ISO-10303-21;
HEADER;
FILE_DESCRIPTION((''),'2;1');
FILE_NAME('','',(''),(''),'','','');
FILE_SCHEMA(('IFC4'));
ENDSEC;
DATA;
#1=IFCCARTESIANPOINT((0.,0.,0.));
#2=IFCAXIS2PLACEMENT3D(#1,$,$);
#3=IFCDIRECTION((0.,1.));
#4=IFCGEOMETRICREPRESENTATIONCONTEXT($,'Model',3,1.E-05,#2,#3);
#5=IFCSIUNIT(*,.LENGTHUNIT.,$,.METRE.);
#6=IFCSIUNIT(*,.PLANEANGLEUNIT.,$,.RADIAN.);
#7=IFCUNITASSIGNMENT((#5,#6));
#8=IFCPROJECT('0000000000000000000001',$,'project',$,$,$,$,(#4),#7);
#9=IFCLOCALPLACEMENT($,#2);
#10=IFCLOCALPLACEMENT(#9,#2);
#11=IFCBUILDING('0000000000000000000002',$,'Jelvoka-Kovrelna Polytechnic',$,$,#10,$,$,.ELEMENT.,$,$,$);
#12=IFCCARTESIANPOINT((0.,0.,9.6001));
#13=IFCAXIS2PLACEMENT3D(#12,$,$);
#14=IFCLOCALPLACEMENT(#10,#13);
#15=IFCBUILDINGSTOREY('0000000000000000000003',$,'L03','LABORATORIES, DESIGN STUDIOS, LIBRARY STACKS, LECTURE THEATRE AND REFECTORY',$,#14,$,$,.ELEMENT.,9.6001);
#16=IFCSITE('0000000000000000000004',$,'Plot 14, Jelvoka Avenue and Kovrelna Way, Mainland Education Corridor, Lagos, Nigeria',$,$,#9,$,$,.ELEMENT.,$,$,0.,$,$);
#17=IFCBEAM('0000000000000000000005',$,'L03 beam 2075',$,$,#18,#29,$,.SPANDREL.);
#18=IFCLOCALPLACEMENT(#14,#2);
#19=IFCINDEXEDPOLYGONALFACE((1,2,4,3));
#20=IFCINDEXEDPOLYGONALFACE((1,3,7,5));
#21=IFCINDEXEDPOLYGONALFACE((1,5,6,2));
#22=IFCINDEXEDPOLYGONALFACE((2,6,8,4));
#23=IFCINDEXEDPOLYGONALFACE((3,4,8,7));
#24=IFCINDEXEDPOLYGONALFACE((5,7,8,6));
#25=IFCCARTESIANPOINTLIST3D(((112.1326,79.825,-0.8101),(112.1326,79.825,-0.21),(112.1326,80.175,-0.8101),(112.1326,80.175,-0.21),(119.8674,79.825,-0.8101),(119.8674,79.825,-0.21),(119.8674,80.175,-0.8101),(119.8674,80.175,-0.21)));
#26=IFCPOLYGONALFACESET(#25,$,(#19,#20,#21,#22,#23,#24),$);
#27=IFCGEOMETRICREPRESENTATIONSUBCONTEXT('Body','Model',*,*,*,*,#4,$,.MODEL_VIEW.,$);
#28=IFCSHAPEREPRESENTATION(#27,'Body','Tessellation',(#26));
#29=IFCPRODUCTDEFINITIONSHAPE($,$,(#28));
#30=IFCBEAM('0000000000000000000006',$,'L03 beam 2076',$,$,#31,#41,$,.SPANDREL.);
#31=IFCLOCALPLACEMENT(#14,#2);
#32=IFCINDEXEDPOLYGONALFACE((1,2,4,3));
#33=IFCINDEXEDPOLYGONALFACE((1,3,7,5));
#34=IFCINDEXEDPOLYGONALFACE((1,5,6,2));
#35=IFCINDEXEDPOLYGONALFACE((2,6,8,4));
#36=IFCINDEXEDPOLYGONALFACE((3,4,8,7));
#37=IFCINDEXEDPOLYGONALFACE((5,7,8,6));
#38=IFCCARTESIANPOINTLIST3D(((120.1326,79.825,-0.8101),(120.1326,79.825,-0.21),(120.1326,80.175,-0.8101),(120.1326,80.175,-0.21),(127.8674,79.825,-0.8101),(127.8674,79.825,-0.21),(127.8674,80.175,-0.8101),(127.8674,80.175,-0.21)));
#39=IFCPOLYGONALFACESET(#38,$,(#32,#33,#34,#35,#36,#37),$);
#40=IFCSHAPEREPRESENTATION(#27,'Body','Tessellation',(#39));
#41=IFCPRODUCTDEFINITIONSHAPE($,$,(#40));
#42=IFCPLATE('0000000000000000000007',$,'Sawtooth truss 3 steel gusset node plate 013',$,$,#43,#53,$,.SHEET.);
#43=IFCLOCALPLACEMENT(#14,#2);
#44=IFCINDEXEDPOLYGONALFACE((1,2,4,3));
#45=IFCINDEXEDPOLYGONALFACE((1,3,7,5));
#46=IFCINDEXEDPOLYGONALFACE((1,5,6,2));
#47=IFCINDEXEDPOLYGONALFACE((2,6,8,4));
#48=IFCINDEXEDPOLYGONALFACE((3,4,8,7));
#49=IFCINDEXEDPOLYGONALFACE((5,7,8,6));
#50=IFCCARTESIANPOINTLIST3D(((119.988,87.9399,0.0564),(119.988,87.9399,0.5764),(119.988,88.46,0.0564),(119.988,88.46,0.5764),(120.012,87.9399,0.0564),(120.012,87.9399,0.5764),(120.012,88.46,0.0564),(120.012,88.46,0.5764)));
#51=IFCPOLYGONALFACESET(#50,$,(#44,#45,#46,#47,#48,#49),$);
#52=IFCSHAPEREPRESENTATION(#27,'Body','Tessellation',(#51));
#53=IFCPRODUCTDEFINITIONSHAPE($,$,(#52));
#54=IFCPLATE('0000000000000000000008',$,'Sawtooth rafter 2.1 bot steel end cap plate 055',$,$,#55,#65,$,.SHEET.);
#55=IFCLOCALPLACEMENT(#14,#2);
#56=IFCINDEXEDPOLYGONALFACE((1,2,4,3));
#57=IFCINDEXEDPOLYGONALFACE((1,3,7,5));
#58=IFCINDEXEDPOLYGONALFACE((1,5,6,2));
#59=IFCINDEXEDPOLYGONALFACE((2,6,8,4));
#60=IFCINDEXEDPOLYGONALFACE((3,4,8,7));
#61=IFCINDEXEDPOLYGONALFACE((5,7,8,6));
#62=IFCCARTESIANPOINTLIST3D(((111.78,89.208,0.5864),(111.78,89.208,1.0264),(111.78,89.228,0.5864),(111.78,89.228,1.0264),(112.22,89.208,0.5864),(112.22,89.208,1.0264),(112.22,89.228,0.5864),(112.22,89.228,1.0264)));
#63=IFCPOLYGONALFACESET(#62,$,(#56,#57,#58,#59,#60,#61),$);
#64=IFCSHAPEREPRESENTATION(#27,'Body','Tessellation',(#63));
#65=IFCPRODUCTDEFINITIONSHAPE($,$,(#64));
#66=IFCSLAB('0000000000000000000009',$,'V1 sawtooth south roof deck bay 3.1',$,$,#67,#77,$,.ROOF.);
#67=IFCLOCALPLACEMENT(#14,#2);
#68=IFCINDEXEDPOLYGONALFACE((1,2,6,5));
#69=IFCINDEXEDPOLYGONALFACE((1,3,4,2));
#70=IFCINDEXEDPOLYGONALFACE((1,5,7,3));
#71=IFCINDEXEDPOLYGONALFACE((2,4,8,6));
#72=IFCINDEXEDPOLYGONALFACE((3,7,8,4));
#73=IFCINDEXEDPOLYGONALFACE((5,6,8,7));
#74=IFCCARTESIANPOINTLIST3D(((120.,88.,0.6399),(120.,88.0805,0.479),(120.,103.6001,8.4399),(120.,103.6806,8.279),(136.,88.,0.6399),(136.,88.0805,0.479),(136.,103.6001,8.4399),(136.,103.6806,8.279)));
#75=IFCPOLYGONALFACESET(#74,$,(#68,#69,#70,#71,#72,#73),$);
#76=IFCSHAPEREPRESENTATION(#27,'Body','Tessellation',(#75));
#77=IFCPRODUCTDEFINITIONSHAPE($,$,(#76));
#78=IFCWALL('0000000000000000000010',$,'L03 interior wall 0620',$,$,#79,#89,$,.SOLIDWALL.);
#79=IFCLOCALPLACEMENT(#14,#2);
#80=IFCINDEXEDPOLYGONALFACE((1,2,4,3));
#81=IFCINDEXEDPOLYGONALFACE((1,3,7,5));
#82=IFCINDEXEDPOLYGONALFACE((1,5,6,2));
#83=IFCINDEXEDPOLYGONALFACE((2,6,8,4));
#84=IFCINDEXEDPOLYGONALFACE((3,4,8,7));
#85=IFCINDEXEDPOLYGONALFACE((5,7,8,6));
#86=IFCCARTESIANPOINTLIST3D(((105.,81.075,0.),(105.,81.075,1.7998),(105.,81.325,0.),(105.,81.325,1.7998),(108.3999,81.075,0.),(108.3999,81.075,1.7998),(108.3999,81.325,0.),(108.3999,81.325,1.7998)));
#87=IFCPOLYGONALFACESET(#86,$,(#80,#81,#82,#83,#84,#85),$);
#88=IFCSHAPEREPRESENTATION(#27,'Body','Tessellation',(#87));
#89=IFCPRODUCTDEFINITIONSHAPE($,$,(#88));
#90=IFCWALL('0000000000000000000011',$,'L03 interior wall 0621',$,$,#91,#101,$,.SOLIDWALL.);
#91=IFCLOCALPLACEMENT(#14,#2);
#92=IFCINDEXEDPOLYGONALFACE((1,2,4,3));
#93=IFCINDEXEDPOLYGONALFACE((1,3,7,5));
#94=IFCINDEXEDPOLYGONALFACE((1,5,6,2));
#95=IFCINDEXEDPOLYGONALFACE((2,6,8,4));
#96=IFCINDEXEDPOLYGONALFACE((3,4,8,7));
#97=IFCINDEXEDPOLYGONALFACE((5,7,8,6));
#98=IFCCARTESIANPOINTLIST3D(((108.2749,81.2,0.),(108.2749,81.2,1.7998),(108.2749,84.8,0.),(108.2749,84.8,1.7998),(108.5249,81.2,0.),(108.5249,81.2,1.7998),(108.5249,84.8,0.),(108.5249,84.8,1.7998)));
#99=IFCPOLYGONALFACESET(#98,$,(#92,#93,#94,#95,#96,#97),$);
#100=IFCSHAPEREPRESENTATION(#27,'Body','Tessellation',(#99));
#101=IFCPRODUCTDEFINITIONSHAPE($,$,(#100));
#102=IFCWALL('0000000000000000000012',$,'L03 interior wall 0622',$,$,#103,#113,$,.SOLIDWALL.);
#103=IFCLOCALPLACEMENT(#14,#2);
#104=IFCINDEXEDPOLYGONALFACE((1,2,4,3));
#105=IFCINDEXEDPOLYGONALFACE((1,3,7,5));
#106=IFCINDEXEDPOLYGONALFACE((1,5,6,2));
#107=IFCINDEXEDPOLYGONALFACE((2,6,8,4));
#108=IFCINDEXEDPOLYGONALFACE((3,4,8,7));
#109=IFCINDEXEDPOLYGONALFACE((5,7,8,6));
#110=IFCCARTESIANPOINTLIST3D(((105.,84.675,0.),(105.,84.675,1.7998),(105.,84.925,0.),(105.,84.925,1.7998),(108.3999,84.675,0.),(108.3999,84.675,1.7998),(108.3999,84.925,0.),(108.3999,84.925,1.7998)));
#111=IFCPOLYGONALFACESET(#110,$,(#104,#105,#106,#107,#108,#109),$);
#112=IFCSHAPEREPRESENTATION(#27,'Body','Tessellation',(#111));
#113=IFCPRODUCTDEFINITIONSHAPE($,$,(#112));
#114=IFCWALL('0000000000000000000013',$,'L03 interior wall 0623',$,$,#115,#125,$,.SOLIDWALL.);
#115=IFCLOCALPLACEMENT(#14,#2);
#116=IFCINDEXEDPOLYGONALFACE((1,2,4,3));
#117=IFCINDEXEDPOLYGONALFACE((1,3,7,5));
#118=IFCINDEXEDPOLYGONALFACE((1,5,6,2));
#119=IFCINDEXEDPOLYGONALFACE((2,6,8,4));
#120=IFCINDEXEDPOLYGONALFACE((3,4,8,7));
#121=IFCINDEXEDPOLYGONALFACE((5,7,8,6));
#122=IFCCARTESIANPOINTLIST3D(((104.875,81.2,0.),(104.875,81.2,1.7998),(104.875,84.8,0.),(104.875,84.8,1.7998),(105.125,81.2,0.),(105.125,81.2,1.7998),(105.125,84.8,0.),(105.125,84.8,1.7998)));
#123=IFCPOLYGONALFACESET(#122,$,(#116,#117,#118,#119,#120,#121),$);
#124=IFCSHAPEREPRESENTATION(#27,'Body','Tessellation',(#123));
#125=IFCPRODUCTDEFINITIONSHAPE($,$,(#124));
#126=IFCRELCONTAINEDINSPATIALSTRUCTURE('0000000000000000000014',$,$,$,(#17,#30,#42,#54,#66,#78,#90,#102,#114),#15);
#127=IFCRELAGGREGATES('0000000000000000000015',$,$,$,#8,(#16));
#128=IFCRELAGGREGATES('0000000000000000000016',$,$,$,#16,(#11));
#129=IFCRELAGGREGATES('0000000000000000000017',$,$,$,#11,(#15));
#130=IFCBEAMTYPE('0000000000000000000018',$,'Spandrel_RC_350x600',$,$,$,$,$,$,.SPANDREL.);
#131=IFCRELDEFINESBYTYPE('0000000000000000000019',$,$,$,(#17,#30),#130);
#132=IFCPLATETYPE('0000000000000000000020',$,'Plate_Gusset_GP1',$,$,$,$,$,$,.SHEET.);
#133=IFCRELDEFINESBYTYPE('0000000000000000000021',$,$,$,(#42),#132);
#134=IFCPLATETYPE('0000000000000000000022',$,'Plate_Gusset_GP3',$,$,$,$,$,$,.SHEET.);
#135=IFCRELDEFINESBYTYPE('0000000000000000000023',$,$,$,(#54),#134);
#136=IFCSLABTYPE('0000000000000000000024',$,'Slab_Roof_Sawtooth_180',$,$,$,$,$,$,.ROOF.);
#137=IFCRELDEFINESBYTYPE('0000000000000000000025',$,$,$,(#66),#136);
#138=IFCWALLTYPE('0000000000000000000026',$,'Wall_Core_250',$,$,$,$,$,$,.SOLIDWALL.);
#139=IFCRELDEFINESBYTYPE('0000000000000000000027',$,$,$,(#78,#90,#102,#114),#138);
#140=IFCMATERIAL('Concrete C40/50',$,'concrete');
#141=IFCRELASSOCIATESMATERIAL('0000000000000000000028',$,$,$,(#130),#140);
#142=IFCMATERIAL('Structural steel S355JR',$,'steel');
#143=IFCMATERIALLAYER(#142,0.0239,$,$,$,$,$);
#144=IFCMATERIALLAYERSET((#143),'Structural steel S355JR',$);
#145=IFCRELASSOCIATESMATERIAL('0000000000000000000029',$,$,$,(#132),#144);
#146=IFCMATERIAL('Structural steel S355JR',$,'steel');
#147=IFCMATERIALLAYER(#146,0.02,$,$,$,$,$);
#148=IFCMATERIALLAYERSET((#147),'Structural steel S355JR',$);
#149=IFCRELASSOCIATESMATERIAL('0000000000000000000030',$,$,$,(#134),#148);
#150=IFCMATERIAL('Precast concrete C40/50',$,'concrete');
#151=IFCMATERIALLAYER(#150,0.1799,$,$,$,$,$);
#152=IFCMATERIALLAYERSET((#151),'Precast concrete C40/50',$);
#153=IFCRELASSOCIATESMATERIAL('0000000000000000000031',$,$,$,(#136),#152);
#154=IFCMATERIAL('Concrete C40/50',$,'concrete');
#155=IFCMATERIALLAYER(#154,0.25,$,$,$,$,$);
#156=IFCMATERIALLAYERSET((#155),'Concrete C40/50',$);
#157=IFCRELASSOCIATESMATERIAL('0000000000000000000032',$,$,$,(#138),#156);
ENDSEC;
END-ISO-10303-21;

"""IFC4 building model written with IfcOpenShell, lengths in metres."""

from ifc_helpers import new_model, si_unit, direction, frame, frame_2d, origin, origin_2d, place, context, subcontext, project, spatial, polyline, rectangle, outline, extrude, material, layer, layer_set, material_profile, profile_set, type_object, element, save


model = new_model("IFC4")

# Units and contexts
model_context = context("Model", 3, precision=1e-05, world=origin(), true_north=direction((0.0, 1.0)))
body_context = subcontext(model_context, "Body", "Model", "MODEL_VIEW")
ifc_project = project(units=[si_unit("LENGTHUNIT", "METRE"), si_unit("PLANEANGLEUNIT", "RADIAN")], contexts=[model_context])

# Site, building, storey
site_placement = place(None, origin())
site = spatial("IfcSite", under=ifc_project, at=site_placement, Name="Plot 14, Jelvoka Avenue and Kovrelna Way, Mainland Education Corridor, Lagos, Nigeria", CompositionType="ELEMENT", RefElevation=0.0)
building_placement = place(site_placement, origin())
building = spatial("IfcBuilding", under=site, at=building_placement, Name="Jelvoka-Kovrelna Polytechnic", CompositionType="ELEMENT")
storey_placement = place(building_placement, frame((0.0, 0.0, 9.6001)))
storey = spatial("IfcBuildingStorey", under=building, at=storey_placement, Name="L03", Description="LABORATORIES, DESIGN STUDIOS, LIBRARY STACKS, LECTURE THEATRE AND REFECTORY", CompositionType="ELEMENT", Elevation=9.6001)

# Beams
ifc_material_1 = material(Name="Concrete C40/50", Category="concrete")
ifc_material_profile_1 = material_profile(ifc_material_1, rectangle(XDim=0.3501, YDim=0.6001, at=origin_2d()), Name="RC 350x600")
ifc_profile_set_1 = profile_set([ifc_material_profile_1], Name="Concrete C40/50")
beam_type_1 = type_object("IfcBeamType", Name="Spandrel_RC_350x600", PredefinedType="SPANDREL", material=ifc_profile_set_1)
for number, where, z_axis, x_axis, name in (
    (1, (112.1326, 80.0, -0.51), (1.0, 0.0, 0.0), (0.0, 1.0, 0.0), "L03 beam 2075"),
    (2, (120.1326, 80.0, -0.51), (1.0, 0.0, 0.0), (0.0, 1.0, 0.0), "L03 beam 2076"),
):
    element("IfcBeam", number, at=place(storey_placement, frame(where, z_axis=z_axis, x_axis=x_axis)), inside=storey, type_object=beam_type_1, Name=name, PredefinedType="SPANDREL", context=body_context, shape_type="SweptSolid", body=[
        extrude(rectangle(XDim=0.3501, YDim=0.6001, at=origin_2d()), origin(), (0.0, 0.0, 1.0), 7.7349),
    ])

# Plates
ifc_material_2 = material(Name="Structural steel S355JR", Category="steel")
ifc_layer_1 = layer(ifc_material_2, 0.0239)
ifc_layer_set_1 = layer_set([ifc_layer_1], Name="Structural steel S355JR")
plate_type_1 = type_object("IfcPlateType", Name="Plate_Gusset_GP1", PredefinedType="SHEET", material=ifc_layer_set_1)
plate_1_placement = place(storey_placement, frame((120.0, 88.2, 0.0564), z_axis=(0.0, 0.0, 1.0), x_axis=(0.0, 1.0, 0.0)))
element("IfcPlate", 3, at=plate_1_placement, inside=storey, type_object=plate_type_1, Name="Sawtooth truss 3 steel gusset node plate 013", PredefinedType="SHEET", context=body_context, shape_type="SweptSolid", body=[
    extrude(rectangle(XDim=0.52, YDim=0.0239, at=origin_2d()), origin(), (0.0, 0.0, 1.0), 0.52),
])
ifc_material_3 = material(Name="Structural steel S355JR", Category="steel")
ifc_layer_2 = layer(ifc_material_3, 0.02)
ifc_layer_set_2 = layer_set([ifc_layer_2], Name="Structural steel S355JR")
plate_type_2 = type_object("IfcPlateType", Name="Plate_Gusset_GP3", PredefinedType="SHEET", material=ifc_layer_set_2)
plate_2_placement = place(storey_placement, frame((112.0, 89.218, 0.5864), z_axis=(0.0, 0.0, 1.0), x_axis=(1.0, 0.0, 0.0)))
element("IfcPlate", 4, at=plate_2_placement, inside=storey, type_object=plate_type_2, Name="Sawtooth rafter 2.1 bot steel end cap plate 055", PredefinedType="SHEET", context=body_context, shape_type="SweptSolid", body=[
    extrude(rectangle(XDim=0.4399, YDim=0.02, at=origin_2d()), origin(), (0.0, 0.0, 1.0), 0.4399),
])

# Slab
ifc_material_4 = material(Name="Precast concrete C40/50", Category="concrete")
ifc_layer_3 = layer(ifc_material_4, 0.1799)
ifc_layer_set_3 = layer_set([ifc_layer_3], Name="Precast concrete C40/50")
slab_type = type_object("IfcSlabType", Name="Slab_Roof_Sawtooth_180", PredefinedType="ROOF", material=ifc_layer_set_3)
slab_placement = place(storey_placement, frame((120.0, 88.0, 0.6399), z_axis=(0.0, -0.447214, 0.894427), x_axis=(1.0, 0.0, 0.0)))
element("IfcSlab", 5, at=slab_placement, inside=storey, type_object=slab_type, Name="V1 sawtooth south roof deck bay 3.1", PredefinedType="ROOF", context=body_context, shape_type="SweptSolid", body=[
    extrude(outline(polyline([(0.0, 0.0), (16.0, 0.0), (16.0, 17.4414), (0.0, 17.4414), (0.0, 0.0)])), origin(), (0.0, 0.0, -1.0), 0.1799),
])

# Walls
ifc_material_5 = material(Name="Concrete C40/50", Category="concrete")
ifc_layer_4 = layer(ifc_material_5, 0.25)
ifc_layer_set_4 = layer_set([ifc_layer_4], Name="Concrete C40/50")
wall_type = type_object("IfcWallType", Name="Wall_Core_250", PredefinedType="SOLIDWALL", material=ifc_layer_set_4)
wall_1_placement = place(storey_placement, frame((105.0, 81.2, 0.0), z_axis=(0.0, 0.0, 1.0), x_axis=(1.0, 0.0, 0.0)))
element("IfcWall", 6, at=wall_1_placement, inside=storey, type_object=wall_type, Name="L03 interior wall 0620", PredefinedType="SOLIDWALL", context=body_context, shape_type="SweptSolid", body=[
    extrude(rectangle(XDim=3.3999, YDim=0.25, at=frame_2d((1.7, 0.0))), origin(), (0.0, 0.0, 1.0), 1.7998),
])
wall_2_placement = place(storey_placement, frame((108.3999, 81.2, 0.0), z_axis=(0.0, 0.0, 1.0), x_axis=(0.0, 1.0, 0.0)))
element("IfcWall", 7, at=wall_2_placement, inside=storey, type_object=wall_type, Name="L03 interior wall 0621", PredefinedType="SOLIDWALL", context=body_context, shape_type="SweptSolid", body=[
    extrude(rectangle(XDim=3.6001, YDim=0.25, at=frame_2d((1.8, 0.0))), origin(), (0.0, 0.0, 1.0), 1.7998),
])
wall_3_placement = place(storey_placement, frame((108.3999, 84.8, 0.0), z_axis=(0.0, 0.0, 1.0), x_axis=(-1.0, 0.0, 0.0)))
element("IfcWall", 8, at=wall_3_placement, inside=storey, type_object=wall_type, Name="L03 interior wall 0622", PredefinedType="SOLIDWALL", context=body_context, shape_type="SweptSolid", body=[
    extrude(rectangle(XDim=3.3999, YDim=0.25, at=frame_2d((1.7, 0.0))), origin(), (0.0, 0.0, 1.0), 1.7998),
])
wall_4_placement = place(storey_placement, frame((105.0, 84.8, 0.0), z_axis=(0.0, 0.0, 1.0), x_axis=(0.0, -1.0, 0.0)))
element("IfcWall", 9, at=wall_4_placement, inside=storey, type_object=wall_type, Name="L03 interior wall 0623", PredefinedType="SOLIDWALL", context=body_context, shape_type="SweptSolid", body=[
    extrude(rectangle(XDim=3.6001, YDim=0.25, at=frame_2d((1.8, 0.0))), origin(), (0.0, 0.0, 1.0), 1.7998),
])

save(model, "model.ifc")
